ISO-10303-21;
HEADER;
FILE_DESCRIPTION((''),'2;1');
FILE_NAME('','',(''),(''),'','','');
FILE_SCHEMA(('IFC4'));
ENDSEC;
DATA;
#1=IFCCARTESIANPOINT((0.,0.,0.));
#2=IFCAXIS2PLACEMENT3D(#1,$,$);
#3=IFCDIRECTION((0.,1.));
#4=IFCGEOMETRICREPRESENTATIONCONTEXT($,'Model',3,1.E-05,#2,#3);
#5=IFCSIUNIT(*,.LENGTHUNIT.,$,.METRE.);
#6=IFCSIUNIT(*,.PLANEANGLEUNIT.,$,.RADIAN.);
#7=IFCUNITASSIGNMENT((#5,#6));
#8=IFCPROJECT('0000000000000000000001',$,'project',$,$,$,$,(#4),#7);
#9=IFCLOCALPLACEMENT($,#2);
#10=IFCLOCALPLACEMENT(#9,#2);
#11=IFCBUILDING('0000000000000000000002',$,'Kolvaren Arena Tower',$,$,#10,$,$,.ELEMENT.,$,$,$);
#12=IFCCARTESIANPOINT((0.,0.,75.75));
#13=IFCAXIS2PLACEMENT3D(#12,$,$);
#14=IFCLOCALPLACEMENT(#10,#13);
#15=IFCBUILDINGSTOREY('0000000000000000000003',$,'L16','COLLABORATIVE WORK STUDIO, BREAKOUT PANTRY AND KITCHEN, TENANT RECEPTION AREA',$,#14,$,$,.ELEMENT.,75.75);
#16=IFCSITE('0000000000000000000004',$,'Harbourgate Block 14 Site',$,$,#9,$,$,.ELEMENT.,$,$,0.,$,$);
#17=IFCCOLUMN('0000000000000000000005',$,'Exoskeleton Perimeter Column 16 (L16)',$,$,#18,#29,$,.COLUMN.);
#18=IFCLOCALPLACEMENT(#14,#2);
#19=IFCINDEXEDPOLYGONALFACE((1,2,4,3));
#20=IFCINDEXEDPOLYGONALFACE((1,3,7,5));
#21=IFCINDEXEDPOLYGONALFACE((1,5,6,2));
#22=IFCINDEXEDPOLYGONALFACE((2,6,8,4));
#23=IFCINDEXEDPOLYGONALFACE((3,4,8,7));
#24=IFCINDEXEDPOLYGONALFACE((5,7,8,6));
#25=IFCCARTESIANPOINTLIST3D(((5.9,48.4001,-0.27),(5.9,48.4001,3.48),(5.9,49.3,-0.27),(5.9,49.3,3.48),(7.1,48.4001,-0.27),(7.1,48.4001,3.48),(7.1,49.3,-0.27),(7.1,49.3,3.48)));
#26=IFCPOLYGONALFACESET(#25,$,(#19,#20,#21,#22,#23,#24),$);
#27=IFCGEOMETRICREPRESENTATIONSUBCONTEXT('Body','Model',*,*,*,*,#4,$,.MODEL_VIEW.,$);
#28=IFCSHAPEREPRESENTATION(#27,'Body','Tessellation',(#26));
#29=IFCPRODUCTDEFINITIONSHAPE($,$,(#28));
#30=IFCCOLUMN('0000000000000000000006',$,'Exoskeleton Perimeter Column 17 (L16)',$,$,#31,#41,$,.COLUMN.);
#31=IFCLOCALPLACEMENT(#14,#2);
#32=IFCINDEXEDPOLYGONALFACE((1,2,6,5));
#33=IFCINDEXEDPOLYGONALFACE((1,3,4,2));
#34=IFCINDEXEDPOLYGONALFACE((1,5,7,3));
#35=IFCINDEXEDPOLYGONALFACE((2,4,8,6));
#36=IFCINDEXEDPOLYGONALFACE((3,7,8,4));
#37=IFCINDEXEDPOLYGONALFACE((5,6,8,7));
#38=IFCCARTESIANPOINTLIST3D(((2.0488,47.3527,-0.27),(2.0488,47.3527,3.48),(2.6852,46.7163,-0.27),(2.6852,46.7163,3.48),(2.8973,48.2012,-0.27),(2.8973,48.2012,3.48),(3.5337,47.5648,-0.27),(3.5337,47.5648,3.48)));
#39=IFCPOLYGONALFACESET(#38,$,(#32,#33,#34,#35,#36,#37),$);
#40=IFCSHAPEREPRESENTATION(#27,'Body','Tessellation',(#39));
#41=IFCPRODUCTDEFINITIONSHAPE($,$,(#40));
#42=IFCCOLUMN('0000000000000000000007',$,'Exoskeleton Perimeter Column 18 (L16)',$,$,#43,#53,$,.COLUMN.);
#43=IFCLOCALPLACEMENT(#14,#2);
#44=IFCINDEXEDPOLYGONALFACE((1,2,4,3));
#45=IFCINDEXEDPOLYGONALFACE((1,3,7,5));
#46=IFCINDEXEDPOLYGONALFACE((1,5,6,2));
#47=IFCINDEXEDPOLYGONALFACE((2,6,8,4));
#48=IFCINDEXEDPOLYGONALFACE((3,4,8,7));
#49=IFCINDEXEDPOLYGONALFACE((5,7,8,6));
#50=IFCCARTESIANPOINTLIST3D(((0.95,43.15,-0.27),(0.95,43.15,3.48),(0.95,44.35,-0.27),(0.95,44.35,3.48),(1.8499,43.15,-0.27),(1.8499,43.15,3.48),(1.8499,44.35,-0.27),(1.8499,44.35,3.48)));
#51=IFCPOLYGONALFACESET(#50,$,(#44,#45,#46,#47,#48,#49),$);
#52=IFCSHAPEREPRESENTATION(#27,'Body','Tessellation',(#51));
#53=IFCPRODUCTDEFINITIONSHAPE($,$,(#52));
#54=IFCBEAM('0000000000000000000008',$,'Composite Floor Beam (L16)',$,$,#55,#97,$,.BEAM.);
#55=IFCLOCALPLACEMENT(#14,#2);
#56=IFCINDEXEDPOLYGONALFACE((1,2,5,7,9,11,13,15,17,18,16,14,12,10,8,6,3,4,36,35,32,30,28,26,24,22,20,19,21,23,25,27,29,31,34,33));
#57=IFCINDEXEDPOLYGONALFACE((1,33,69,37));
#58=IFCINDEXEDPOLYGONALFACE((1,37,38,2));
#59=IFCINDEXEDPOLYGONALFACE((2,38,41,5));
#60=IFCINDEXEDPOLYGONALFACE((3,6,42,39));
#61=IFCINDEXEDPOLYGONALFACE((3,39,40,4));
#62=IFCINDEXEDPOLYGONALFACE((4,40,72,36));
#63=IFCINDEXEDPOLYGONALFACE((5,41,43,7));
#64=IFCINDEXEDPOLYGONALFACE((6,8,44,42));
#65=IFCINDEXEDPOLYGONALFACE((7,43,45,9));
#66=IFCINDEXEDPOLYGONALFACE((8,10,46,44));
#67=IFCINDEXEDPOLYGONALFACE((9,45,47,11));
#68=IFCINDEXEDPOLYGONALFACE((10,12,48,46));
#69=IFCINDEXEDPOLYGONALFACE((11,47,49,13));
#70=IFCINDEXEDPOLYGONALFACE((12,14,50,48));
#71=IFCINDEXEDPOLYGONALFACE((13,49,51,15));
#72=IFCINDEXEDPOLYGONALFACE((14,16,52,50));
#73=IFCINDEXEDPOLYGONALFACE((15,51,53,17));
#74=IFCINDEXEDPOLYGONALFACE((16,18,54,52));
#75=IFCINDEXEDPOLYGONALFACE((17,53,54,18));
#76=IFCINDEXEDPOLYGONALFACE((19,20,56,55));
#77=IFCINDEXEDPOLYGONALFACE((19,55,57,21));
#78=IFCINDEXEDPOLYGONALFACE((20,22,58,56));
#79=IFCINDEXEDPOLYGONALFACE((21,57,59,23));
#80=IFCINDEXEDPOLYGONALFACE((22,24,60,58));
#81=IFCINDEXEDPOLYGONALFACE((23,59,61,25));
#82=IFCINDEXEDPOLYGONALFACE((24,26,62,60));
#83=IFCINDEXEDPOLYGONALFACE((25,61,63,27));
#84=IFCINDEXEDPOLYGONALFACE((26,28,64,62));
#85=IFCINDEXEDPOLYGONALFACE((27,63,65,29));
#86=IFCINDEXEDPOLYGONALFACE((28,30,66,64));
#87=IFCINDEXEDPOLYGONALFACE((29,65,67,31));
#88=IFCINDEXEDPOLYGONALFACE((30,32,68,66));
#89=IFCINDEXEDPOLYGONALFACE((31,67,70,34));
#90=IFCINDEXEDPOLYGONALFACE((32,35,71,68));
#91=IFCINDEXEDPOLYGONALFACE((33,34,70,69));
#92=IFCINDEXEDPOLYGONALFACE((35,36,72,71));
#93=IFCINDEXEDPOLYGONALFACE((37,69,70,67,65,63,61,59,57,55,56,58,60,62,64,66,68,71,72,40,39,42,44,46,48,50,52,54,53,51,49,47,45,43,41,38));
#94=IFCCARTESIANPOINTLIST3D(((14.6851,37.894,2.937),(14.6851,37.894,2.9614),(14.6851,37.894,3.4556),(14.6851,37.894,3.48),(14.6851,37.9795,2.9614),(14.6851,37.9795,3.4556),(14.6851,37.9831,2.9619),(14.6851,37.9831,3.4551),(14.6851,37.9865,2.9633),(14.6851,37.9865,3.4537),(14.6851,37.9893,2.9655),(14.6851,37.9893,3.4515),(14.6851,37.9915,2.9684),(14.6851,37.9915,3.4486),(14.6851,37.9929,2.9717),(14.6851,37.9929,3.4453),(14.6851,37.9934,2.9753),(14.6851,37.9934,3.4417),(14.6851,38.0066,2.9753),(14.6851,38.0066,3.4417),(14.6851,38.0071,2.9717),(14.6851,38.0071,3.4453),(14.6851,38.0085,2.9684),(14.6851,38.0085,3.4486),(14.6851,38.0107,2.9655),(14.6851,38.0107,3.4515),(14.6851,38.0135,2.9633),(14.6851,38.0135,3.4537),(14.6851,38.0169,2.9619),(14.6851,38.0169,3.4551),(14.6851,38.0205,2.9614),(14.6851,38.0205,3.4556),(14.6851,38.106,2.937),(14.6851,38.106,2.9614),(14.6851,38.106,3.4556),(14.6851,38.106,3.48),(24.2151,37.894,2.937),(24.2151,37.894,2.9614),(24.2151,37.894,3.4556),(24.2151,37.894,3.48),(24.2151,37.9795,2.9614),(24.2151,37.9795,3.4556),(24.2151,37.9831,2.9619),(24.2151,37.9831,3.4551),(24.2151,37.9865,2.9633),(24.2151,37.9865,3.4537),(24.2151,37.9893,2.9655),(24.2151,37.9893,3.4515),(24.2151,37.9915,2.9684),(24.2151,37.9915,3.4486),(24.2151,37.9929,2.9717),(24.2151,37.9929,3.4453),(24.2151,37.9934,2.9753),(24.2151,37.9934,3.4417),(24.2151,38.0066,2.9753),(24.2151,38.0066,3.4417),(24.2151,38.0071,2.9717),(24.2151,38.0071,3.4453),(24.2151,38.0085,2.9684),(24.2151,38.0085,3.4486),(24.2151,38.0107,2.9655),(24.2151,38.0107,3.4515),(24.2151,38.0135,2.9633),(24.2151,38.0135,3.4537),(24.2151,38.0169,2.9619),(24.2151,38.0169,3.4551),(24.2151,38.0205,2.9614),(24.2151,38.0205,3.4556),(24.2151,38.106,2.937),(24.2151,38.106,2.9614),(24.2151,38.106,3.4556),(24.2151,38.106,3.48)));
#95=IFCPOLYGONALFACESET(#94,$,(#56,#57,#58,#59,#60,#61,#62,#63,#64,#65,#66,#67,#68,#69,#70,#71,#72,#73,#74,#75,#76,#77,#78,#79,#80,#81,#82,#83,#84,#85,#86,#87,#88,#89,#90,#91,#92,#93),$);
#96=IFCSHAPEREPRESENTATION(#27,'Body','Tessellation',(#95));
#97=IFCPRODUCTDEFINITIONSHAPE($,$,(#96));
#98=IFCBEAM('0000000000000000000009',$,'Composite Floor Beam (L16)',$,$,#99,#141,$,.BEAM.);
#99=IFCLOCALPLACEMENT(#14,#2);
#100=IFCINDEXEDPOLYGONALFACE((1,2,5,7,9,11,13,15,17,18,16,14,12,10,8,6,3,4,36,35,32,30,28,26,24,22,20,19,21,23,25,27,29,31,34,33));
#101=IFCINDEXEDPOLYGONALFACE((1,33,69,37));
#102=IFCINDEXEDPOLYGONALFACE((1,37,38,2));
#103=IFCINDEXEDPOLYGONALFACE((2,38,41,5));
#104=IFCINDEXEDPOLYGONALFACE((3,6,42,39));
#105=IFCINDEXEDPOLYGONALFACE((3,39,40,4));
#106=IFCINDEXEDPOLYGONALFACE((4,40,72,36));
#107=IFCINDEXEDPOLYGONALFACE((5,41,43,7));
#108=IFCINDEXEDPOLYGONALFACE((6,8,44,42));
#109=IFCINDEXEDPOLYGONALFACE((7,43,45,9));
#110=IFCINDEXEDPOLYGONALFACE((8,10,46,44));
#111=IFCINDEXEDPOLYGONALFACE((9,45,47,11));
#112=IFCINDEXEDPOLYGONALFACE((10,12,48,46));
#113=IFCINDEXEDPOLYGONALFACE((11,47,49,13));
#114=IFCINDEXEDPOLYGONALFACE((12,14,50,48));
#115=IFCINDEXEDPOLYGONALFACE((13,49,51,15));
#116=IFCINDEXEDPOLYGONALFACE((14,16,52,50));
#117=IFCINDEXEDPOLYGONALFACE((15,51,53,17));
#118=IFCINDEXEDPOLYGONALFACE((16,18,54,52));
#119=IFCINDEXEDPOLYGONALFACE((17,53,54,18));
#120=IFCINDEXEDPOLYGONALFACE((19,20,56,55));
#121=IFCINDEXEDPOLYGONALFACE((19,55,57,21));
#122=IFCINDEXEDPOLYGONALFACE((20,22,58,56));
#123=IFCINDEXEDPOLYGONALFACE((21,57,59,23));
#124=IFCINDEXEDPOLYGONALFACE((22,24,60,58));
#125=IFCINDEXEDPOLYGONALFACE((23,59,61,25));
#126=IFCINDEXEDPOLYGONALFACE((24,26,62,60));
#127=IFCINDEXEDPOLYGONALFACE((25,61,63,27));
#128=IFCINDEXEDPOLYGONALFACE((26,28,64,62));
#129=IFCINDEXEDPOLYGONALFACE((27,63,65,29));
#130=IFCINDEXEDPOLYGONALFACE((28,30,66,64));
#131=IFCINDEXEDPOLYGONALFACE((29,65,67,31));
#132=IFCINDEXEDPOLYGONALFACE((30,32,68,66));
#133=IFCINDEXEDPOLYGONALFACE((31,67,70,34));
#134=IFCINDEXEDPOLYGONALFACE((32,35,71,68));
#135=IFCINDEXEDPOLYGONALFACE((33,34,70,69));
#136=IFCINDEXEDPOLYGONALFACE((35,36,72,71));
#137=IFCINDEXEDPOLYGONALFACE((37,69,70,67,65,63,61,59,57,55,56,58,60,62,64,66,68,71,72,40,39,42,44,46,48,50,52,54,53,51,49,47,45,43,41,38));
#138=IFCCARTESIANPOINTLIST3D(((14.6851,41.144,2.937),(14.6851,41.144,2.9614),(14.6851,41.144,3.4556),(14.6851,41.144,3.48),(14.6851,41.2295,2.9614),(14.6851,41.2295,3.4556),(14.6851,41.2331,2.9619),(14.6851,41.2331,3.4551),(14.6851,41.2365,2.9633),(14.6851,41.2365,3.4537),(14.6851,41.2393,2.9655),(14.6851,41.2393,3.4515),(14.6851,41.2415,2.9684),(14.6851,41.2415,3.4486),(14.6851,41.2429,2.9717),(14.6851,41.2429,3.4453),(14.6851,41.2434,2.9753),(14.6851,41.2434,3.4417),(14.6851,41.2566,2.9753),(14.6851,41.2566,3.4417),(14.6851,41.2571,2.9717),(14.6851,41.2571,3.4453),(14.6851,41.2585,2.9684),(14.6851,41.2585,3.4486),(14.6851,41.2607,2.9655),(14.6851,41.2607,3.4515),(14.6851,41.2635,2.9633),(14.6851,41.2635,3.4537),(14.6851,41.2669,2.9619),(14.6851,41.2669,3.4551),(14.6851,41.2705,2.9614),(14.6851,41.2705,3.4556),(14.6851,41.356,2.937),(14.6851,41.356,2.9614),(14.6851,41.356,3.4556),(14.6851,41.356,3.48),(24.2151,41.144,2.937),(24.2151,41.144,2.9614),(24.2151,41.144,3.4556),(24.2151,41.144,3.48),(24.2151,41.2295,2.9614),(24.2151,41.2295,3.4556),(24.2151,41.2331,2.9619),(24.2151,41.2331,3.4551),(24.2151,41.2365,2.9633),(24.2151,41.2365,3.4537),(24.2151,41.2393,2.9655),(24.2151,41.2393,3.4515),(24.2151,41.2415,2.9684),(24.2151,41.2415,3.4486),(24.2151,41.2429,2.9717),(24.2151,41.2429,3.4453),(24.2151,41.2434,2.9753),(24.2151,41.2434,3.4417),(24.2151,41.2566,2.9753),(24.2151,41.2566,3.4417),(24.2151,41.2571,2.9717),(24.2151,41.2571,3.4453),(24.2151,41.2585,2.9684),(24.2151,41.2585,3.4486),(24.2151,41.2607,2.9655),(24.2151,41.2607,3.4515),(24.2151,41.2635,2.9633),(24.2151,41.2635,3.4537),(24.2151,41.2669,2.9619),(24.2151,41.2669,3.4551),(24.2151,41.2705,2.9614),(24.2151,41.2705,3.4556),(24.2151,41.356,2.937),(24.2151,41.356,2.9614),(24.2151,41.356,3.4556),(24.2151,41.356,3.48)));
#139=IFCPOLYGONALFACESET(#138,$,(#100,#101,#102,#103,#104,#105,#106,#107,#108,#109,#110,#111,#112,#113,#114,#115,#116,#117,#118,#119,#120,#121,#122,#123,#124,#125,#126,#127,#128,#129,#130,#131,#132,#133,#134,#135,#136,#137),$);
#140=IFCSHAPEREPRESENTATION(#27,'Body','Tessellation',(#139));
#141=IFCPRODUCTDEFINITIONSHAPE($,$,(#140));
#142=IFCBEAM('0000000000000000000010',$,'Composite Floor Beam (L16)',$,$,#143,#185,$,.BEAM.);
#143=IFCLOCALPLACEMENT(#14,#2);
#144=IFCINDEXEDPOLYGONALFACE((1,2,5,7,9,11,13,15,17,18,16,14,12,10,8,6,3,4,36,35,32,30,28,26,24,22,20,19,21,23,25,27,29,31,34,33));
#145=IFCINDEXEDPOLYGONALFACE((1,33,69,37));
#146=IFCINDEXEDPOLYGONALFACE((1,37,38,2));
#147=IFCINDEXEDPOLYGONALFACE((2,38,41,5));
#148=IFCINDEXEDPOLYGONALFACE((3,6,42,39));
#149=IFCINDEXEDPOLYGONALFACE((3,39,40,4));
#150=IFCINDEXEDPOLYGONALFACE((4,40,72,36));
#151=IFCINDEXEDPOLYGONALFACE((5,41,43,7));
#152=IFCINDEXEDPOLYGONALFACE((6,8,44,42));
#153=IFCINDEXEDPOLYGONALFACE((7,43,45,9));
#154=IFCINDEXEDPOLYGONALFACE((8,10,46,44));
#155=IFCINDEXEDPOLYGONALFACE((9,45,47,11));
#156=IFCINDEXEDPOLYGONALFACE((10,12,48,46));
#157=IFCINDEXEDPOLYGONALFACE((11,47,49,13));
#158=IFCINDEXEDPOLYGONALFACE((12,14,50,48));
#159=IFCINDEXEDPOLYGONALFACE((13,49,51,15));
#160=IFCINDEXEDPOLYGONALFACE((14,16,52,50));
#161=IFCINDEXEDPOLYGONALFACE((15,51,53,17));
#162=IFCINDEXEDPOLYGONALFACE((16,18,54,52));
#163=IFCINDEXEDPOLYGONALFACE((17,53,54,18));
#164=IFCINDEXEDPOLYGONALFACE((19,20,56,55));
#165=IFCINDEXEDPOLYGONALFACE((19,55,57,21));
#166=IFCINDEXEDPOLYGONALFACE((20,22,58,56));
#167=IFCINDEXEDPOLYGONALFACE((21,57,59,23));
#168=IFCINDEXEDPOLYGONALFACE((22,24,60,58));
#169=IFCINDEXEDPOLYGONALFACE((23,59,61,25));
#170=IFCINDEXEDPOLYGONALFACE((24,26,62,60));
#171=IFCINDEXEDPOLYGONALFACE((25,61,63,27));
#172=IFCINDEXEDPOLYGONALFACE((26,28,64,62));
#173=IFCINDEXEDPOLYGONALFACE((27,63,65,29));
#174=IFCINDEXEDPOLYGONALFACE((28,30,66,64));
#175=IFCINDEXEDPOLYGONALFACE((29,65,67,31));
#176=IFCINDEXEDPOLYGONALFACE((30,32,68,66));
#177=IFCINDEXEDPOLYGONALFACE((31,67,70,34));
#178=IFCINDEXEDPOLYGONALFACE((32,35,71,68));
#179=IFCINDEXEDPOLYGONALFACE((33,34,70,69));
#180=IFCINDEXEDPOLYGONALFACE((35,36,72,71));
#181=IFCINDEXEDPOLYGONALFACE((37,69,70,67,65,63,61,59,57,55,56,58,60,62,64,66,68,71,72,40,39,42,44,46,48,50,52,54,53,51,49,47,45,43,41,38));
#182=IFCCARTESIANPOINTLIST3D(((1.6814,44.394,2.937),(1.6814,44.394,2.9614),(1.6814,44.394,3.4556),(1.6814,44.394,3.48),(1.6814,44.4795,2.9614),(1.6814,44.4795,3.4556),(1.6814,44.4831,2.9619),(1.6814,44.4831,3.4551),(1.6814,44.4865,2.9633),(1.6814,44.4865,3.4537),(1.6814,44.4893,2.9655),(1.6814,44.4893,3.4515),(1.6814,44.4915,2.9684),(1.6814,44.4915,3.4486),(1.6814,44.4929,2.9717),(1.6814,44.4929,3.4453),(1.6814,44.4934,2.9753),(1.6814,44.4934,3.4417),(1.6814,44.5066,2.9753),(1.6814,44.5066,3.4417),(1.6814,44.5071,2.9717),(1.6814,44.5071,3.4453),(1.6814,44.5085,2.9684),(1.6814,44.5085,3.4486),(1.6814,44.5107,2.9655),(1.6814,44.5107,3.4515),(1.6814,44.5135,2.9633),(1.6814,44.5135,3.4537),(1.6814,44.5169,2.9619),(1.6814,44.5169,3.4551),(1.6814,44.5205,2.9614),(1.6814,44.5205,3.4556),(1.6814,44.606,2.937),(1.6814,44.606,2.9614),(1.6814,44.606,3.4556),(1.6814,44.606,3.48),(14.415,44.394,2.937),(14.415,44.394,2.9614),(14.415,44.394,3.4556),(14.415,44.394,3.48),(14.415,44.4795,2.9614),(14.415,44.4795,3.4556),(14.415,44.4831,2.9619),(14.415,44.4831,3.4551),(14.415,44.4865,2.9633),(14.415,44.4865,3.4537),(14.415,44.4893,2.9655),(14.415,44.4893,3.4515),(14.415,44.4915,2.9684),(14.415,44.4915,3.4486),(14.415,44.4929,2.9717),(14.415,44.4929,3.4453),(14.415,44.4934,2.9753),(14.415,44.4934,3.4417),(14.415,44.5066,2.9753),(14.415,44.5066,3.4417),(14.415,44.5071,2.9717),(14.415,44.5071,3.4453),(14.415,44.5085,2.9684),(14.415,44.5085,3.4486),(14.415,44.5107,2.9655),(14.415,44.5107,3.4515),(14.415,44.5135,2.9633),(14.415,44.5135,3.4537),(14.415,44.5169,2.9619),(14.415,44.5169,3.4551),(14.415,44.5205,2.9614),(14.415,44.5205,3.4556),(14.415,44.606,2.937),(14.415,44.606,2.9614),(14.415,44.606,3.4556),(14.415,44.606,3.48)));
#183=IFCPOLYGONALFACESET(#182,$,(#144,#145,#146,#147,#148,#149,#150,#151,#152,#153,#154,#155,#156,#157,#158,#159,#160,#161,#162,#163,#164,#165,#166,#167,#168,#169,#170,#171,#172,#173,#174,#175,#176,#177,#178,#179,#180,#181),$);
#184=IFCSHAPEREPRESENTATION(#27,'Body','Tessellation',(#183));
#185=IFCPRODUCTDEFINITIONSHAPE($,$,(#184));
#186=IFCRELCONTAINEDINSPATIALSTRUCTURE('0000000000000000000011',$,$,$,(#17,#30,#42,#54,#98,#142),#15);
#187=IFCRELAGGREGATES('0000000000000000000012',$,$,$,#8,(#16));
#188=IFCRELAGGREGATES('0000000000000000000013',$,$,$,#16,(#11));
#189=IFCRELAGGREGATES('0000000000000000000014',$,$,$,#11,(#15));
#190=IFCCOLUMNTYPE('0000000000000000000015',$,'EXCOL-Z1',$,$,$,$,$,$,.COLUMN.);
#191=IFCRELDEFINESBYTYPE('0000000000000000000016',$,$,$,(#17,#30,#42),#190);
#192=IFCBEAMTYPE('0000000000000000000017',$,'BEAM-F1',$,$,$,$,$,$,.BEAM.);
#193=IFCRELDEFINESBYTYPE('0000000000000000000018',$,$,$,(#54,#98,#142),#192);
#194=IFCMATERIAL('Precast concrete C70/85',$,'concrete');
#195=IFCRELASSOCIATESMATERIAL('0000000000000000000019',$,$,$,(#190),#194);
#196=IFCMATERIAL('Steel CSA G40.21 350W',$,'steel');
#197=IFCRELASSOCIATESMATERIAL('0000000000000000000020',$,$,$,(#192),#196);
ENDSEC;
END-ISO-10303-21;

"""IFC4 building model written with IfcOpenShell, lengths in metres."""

from ifc_helpers import new_model, si_unit, direction, frame, origin, origin_2d, place, context, subcontext, project, spatial, rectangle, i_section, extrude, material, material_profile, profile_set, type_object, element, save


model = new_model("IFC4")

# Units and contexts
model_context = context("Model", 3, precision=1e-05, world=origin(), true_north=direction((0.0, 1.0)))
body_context = subcontext(model_context, "Body", "Model", "MODEL_VIEW")
ifc_project = project(units=[si_unit("LENGTHUNIT", "METRE"), si_unit("PLANEANGLEUNIT", "RADIAN")], contexts=[model_context])

# Site, building, storey
site_placement = place(None, origin())
site = spatial("IfcSite", under=ifc_project, at=site_placement, Name="Harbourgate Block 14 Site", CompositionType="ELEMENT", RefElevation=0.0)
building_placement = place(site_placement, origin())
building = spatial("IfcBuilding", under=site, at=building_placement, Name="Kolvaren Arena Tower", CompositionType="ELEMENT")
storey_placement = place(building_placement, frame((0.0, 0.0, 75.75)))
storey = spatial("IfcBuildingStorey", under=building, at=storey_placement, Name="L16", Description="COLLABORATIVE WORK STUDIO, BREAKOUT PANTRY AND KITCHEN, TENANT RECEPTION AREA", CompositionType="ELEMENT", Elevation=75.75)

# Columns
ifc_material_1 = material(Name="Precast concrete C70/85", Category="concrete")
ifc_material_profile_1 = material_profile(ifc_material_1, rectangle(XDim=1.2, YDim=0.8999, at=origin_2d()), Name="RC-1200x900")
ifc_profile_set_1 = profile_set([ifc_material_profile_1], Name="Precast concrete C70/85")
column_type = type_object("IfcColumnType", Name="EXCOL-Z1", PredefinedType="COLUMN", material=ifc_profile_set_1)
for number, where, z_axis, x_axis, name in (
    (1, (6.5, 48.8501, -0.27), (0.0, 0.0, 1.0), (1.0, 0.0, 0.0), "Exoskeleton Perimeter Column 16 (L16)"),
    (2, (2.7913, 47.4587, -0.27), (0.0, 0.0, 1.0), (0.707107, 0.707107, 0.0), "Exoskeleton Perimeter Column 17 (L16)"),
    (3, (1.3999, 43.75, -0.27), (0.0, 0.0, 1.0), (0.0, 1.0, 0.0), "Exoskeleton Perimeter Column 18 (L16)"),
):
    element("IfcColumn", number, at=place(storey_placement, frame(where, z_axis=z_axis, x_axis=x_axis)), inside=storey, type_object=column_type, Name=name, PredefinedType="COLUMN", context=body_context, shape_type="SweptSolid", body=[
        extrude(rectangle(XDim=1.2, YDim=0.8999, at=origin_2d()), origin(), (0.0, 0.0, 1.0), 3.75),
    ])

# Beams
ifc_material_2 = material(Name="Steel CSA G40.21 350W", Category="steel")
ifc_material_profile_2 = material_profile(ifc_material_2, i_section(OverallWidth=0.2119, OverallDepth=0.543, WebThickness=0.0132, FlangeThickness=0.0244, FilletRadius=0.0139, at=origin_2d()), Name="W530x150")
ifc_profile_set_2 = profile_set([ifc_material_profile_2], Name="Steel CSA G40.21 350W")
beam_type_1 = type_object("IfcBeamType", Name="BEAM-F1", PredefinedType="BEAM", material=ifc_profile_set_2)
for number, where, z_axis, x_axis, name in (
    (4, (14.6851, 38.0, 3.2085), (1.0, 0.0, 0.0), (0.0, 1.0, 0.0), "Composite Floor Beam (L16)"),
    (5, (14.6851, 41.25, 3.2085), (1.0, 0.0, 0.0), (0.0, 1.0, 0.0), "Composite Floor Beam (L16)"),
):
    element("IfcBeam", number, at=place(storey_placement, frame(where, z_axis=z_axis, x_axis=x_axis)), inside=storey, type_object=beam_type_1, Name=name, PredefinedType="BEAM", context=body_context, shape_type="SweptSolid", body=[
        extrude(i_section(OverallWidth=0.2119, OverallDepth=0.543, WebThickness=0.0132, FlangeThickness=0.0244, FilletRadius=0.0139, at=origin_2d()), origin(), (0.0, 0.0, 1.0), 9.53),
    ])
beam_1_placement = place(storey_placement, frame((1.6814, 44.5, 3.2085), z_axis=(1.0, 0.0, 0.0), x_axis=(0.0, 1.0, 0.0)))
element("IfcBeam", 6, at=beam_1_placement, inside=storey, type_object=beam_type_1, Name="Composite Floor Beam (L16)", PredefinedType="BEAM", context=body_context, shape_type="SweptSolid", body=[
    extrude(i_section(OverallWidth=0.2119, OverallDepth=0.543, WebThickness=0.0132, FlangeThickness=0.0244, FilletRadius=0.0139, at=origin_2d()), origin(), (0.0, 0.0, 1.0), 12.7336),
])

save(model, "model.ifc")
